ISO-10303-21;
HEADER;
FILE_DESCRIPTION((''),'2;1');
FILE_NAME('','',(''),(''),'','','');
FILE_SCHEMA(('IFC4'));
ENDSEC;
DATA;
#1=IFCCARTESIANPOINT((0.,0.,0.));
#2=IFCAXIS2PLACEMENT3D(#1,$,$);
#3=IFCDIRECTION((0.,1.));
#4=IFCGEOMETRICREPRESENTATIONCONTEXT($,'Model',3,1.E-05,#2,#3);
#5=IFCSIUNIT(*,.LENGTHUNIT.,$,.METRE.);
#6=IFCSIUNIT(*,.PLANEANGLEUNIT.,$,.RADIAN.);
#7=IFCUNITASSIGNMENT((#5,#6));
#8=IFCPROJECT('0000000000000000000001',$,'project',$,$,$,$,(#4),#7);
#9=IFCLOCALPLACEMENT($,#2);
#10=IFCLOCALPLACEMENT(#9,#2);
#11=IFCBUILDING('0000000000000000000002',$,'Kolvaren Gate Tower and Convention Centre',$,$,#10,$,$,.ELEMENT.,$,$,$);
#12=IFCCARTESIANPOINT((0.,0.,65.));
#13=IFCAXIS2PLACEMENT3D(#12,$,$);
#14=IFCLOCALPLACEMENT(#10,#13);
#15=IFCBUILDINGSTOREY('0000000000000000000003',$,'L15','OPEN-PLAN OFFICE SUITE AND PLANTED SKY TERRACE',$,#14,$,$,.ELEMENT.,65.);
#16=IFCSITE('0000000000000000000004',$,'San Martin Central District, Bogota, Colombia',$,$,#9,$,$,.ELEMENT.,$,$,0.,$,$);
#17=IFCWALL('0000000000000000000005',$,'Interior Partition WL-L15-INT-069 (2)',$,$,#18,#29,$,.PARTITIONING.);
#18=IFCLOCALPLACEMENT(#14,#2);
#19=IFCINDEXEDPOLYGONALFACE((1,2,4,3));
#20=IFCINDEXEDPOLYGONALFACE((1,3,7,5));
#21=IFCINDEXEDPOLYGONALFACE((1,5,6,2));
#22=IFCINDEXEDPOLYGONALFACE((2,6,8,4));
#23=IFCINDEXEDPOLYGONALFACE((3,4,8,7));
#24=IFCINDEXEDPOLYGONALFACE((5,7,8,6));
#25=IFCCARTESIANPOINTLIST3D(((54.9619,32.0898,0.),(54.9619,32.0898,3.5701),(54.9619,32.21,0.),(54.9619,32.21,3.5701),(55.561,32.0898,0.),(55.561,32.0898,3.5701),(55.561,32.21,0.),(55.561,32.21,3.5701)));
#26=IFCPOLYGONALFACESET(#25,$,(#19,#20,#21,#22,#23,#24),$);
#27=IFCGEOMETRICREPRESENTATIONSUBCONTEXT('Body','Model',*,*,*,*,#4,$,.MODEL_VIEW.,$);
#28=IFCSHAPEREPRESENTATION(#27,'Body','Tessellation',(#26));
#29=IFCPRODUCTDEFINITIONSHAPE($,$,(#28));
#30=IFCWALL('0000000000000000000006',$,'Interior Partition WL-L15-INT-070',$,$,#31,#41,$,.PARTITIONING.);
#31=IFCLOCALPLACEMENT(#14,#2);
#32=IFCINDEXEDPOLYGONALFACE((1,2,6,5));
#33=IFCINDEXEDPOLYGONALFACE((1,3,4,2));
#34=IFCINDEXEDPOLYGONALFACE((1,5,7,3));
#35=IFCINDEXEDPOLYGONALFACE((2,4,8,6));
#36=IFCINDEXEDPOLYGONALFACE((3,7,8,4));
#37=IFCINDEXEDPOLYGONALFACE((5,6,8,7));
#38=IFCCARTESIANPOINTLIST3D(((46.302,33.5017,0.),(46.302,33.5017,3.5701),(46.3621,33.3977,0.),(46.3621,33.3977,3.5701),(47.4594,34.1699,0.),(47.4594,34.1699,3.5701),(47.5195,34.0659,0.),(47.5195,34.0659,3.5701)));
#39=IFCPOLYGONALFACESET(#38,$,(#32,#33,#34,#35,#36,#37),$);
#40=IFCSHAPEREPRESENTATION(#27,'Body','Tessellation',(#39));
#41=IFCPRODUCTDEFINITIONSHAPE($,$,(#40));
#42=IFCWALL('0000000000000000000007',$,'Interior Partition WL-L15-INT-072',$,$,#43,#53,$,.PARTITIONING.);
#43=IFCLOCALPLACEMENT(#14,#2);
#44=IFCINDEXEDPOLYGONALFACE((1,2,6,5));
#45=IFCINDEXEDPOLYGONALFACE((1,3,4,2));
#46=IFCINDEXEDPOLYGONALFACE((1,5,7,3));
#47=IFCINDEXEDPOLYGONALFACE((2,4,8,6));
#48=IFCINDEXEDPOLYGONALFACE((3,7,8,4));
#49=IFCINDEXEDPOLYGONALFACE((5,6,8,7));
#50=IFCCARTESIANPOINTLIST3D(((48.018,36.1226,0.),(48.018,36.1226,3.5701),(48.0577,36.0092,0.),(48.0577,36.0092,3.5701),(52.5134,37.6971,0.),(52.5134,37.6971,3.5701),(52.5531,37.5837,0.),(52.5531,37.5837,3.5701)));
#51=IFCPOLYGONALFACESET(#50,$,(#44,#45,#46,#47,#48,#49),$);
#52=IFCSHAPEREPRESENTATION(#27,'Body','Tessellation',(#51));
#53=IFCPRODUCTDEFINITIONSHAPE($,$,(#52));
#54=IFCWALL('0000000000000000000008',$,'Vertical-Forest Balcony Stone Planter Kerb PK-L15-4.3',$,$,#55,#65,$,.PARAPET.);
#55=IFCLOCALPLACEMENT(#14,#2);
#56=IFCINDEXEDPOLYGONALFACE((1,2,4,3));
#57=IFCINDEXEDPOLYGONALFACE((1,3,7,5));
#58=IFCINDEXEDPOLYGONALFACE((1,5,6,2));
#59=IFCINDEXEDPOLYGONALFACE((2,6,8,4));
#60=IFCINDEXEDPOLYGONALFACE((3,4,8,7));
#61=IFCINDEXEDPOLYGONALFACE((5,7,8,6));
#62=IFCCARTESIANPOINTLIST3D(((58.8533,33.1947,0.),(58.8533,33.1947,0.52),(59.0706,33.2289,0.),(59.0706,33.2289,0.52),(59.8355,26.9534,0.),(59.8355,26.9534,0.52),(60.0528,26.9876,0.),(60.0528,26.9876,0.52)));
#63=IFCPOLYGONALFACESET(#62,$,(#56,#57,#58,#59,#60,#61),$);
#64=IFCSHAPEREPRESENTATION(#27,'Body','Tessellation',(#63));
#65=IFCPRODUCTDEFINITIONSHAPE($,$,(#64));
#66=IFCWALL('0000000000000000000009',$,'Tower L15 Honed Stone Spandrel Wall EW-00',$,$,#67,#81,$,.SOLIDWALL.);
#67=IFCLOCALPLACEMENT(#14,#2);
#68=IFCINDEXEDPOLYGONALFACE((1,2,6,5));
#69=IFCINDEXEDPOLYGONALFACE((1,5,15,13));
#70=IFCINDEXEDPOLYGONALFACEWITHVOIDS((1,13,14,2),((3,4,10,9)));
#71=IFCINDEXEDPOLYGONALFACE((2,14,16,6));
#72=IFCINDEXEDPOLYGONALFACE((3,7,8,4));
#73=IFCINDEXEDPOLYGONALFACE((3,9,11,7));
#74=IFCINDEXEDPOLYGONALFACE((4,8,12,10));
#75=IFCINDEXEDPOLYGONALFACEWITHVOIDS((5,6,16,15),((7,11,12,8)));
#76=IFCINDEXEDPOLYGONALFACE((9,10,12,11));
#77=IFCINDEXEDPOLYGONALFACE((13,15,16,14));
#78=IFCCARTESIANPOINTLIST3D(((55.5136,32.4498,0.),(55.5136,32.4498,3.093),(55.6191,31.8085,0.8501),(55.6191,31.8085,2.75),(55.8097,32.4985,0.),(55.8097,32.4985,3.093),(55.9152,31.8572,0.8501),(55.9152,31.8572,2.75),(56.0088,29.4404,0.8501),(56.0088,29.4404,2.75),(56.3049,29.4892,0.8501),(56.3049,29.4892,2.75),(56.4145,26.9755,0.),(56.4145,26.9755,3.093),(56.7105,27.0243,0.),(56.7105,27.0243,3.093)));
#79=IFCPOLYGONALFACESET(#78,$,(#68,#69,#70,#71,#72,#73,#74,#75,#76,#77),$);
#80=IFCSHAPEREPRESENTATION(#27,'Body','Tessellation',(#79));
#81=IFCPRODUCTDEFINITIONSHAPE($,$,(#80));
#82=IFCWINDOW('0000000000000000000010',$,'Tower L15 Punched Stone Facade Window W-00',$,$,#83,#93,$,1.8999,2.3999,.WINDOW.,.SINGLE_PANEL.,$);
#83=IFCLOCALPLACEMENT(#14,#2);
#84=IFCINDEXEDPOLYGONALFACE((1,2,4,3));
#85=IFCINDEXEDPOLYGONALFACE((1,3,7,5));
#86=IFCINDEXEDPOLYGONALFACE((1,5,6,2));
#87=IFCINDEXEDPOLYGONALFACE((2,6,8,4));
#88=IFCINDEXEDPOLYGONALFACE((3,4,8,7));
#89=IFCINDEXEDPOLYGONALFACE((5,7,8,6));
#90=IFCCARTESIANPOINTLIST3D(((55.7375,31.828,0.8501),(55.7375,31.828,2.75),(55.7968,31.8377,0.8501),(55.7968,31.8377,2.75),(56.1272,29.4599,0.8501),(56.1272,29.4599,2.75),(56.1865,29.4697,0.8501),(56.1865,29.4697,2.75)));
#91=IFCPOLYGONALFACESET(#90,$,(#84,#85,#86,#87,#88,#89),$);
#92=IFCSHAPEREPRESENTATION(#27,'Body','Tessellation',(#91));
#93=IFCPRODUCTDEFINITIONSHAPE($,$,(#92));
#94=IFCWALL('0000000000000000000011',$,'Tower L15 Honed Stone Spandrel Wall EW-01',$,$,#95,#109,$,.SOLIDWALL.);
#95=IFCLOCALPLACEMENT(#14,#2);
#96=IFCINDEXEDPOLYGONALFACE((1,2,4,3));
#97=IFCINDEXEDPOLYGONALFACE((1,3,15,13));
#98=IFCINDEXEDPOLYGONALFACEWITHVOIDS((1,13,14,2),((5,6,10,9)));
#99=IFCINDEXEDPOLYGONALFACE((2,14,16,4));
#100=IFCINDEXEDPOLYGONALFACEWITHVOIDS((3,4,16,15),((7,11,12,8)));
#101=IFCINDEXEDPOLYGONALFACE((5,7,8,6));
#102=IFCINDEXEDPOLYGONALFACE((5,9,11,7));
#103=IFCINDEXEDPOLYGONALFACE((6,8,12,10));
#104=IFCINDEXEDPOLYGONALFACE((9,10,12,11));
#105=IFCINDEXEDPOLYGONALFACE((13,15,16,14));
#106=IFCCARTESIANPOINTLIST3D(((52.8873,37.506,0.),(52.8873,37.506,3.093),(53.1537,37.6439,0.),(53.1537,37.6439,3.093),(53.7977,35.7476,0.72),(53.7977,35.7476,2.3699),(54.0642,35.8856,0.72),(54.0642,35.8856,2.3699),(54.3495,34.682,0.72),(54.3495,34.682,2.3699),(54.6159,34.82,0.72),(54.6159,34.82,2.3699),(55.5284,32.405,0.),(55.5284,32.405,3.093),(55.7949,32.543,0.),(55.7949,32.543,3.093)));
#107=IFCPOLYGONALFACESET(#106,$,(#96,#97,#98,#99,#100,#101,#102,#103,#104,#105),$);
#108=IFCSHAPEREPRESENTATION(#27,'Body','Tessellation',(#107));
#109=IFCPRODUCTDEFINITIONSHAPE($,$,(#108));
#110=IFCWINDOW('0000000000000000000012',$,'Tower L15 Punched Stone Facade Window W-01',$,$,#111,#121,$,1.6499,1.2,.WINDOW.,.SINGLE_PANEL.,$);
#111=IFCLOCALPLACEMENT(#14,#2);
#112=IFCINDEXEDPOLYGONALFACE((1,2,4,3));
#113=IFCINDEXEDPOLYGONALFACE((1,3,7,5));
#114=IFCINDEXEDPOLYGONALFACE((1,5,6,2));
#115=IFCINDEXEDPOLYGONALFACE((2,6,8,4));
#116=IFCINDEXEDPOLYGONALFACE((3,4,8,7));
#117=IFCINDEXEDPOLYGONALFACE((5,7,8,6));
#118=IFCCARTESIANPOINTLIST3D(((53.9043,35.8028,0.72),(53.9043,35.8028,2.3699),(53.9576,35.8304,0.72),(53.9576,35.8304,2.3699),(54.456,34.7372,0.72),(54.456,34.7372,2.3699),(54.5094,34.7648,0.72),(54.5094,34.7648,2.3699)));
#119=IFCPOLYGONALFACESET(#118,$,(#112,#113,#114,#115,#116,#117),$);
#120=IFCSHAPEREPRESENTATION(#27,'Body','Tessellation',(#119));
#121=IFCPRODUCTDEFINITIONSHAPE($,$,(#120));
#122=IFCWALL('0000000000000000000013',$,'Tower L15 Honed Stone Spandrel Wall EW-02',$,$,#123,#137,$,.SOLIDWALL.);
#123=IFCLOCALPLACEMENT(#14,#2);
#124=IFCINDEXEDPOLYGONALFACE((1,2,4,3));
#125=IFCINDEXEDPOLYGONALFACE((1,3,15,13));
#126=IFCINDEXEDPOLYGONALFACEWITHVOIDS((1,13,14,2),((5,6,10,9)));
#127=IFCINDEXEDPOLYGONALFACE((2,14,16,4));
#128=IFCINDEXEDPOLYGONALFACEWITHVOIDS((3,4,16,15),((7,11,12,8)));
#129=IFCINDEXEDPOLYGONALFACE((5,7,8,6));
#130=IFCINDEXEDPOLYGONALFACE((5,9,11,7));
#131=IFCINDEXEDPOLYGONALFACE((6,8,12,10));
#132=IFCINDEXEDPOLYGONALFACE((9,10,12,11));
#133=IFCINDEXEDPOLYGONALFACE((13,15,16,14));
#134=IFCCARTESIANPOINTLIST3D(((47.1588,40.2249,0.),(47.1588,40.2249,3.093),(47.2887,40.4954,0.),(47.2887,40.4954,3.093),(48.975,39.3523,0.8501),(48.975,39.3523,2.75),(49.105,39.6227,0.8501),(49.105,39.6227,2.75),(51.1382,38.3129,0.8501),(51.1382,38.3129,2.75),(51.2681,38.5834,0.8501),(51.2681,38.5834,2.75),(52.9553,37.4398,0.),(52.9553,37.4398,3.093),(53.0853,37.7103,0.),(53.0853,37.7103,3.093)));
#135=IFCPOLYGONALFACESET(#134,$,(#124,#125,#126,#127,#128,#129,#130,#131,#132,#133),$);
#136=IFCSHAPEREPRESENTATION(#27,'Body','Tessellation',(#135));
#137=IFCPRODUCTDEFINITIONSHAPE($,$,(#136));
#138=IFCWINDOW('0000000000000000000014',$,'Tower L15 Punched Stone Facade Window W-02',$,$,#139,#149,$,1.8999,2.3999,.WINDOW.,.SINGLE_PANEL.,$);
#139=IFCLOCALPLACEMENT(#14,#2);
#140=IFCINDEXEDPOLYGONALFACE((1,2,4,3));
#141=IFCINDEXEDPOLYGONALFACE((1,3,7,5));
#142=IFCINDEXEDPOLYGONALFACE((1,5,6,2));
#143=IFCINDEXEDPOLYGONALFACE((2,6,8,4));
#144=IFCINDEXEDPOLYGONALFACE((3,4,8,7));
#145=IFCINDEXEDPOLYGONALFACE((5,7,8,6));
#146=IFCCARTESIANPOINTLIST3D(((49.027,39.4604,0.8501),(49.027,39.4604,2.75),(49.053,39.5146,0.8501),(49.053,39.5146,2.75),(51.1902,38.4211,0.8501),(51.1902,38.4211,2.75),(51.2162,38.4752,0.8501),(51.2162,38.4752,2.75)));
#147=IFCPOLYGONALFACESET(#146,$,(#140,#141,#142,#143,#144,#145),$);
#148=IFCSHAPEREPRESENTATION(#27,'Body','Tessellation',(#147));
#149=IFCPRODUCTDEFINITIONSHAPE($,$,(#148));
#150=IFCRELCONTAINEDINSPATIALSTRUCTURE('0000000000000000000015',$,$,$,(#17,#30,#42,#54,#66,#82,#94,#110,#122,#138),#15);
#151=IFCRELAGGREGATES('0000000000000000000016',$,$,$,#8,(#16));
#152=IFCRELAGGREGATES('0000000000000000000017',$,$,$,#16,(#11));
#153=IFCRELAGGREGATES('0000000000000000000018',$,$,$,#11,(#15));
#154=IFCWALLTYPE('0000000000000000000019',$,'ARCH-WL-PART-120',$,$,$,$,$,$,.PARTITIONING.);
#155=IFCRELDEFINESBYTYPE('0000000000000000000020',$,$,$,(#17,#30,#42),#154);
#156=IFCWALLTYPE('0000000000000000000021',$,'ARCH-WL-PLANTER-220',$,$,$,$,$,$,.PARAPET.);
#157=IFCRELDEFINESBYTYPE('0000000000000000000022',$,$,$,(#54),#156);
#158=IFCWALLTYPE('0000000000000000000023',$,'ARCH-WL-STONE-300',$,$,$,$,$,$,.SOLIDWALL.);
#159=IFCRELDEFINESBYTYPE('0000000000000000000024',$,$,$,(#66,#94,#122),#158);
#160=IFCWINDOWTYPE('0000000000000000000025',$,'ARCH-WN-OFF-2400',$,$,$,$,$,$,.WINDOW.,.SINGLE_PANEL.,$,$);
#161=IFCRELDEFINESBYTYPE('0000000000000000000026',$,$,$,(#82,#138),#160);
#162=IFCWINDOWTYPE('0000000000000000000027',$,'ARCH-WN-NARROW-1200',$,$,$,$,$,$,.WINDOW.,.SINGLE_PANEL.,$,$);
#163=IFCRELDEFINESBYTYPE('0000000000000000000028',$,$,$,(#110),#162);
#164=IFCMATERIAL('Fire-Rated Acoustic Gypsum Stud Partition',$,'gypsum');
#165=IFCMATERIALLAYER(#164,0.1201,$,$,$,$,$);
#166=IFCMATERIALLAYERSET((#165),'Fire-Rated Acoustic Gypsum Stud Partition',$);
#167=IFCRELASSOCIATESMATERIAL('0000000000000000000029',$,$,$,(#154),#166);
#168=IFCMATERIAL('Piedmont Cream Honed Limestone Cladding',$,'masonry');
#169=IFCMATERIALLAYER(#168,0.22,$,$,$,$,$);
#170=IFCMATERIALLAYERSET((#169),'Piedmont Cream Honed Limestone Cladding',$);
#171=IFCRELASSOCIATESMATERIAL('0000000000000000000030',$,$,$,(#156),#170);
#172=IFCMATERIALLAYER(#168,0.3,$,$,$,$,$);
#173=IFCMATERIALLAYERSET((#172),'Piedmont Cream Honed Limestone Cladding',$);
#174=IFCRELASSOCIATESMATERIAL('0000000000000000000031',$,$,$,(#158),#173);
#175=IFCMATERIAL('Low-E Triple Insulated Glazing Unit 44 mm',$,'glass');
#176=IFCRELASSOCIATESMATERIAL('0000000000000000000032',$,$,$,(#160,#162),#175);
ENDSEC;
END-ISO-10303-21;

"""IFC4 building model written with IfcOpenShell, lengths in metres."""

from ifc_helpers import new_model, si_unit, direction, frame, frame_2d, origin, place, context, subcontext, project, spatial, rectangle, extrude, material, layer, layer_set, type_object, element, fill, save


model = new_model("IFC4")

# Units and contexts
model_context = context("Model", 3, precision=1e-05, world=origin(), true_north=direction((0.0, 1.0)))
body_context = subcontext(model_context, "Body", "Model", "MODEL_VIEW")
ifc_project = project(units=[si_unit("LENGTHUNIT", "METRE"), si_unit("PLANEANGLEUNIT", "RADIAN")], contexts=[model_context])

# Site, building, storey
site_placement = place(None, origin())
site = spatial("IfcSite", under=ifc_project, at=site_placement, Name="San Martin Central District, Bogota, Colombia", CompositionType="ELEMENT", RefElevation=0.0)
building_placement = place(site_placement, origin())
building = spatial("IfcBuilding", under=site, at=building_placement, Name="Kolvaren Gate Tower and Convention Centre", CompositionType="ELEMENT")
storey_placement = place(building_placement, frame((0.0, 0.0, 65.0)))
storey = spatial("IfcBuildingStorey", under=building, at=storey_placement, Name="L15", Description="OPEN-PLAN OFFICE SUITE AND PLANTED SKY TERRACE", CompositionType="ELEMENT", Elevation=65.0)

# Shared definitions
ifc_material_1 = material(Name="Fire-Rated Acoustic Gypsum Stud Partition", Category="gypsum")
ifc_layer_1 = layer(ifc_material_1, 0.1201)
ifc_layer_set_1 = layer_set([ifc_layer_1], Name="Fire-Rated Acoustic Gypsum Stud Partition")
wall_type_1 = type_object("IfcWallType", Name="ARCH-WL-PART-120", PredefinedType="PARTITIONING", material=ifc_layer_set_1)

# Walls
wall_1_placement = place(storey_placement, frame((54.9619, 32.1499, 0.0), z_axis=(0.0, 0.0, 1.0), x_axis=(1.0, 0.0, 0.0)))
element("IfcWall", 1, at=wall_1_placement, inside=storey, type_object=wall_type_1, Name="Interior Partition WL-L15-INT-069 (2)", PredefinedType="PARTITIONING", context=body_context, shape_type="SweptSolid", body=[
    extrude(rectangle(XDim=0.5991, YDim=0.1201, at=frame_2d((0.2996, 0.0))), origin(), (0.0, 0.0, 1.0), 3.5701),
])
wall_2_placement = place(storey_placement, frame((46.332, 33.4497, 0.0), z_axis=(0.0, 0.0, 1.0), x_axis=(0.866043, 0.49997, 0.0)))
element("IfcWall", 2, at=wall_2_placement, inside=storey, type_object=wall_type_1, Name="Interior Partition WL-L15-INT-070", PredefinedType="PARTITIONING", context=body_context, shape_type="SweptSolid", body=[
    extrude(rectangle(XDim=1.3364, YDim=0.1201, at=frame_2d((0.6682, 0.0))), origin(), (0.0, 0.0, 1.0), 3.5701),
])
wall_3_placement = place(storey_placement, frame((48.0378, 36.0659, 0.0), z_axis=(0.0, 0.0, 1.0), x_axis=(0.943787, 0.330554, 0.0)))
element("IfcWall", 3, at=wall_3_placement, inside=storey, type_object=wall_type_1, Name="Interior Partition WL-L15-INT-072", PredefinedType="PARTITIONING", context=body_context, shape_type="SweptSolid", body=[
    extrude(rectangle(XDim=4.7632, YDim=0.1201, at=frame_2d((2.3816, 0.0))), origin(), (0.0, 0.0, 1.0), 3.5701),
])
ifc_material_2 = material(Name="Piedmont Cream Honed Limestone Cladding", Category="masonry")
ifc_layer_2 = layer(ifc_material_2, 0.22)
ifc_layer_set_2 = layer_set([ifc_layer_2], Name="Piedmont Cream Honed Limestone Cladding")
wall_type_2 = type_object("IfcWallType", Name="ARCH-WL-PLANTER-220", PredefinedType="PARAPET", material=ifc_layer_set_2)
wall_4_placement = place(storey_placement, frame((58.9619, 33.2119, 0.0), z_axis=(0.0, 0.0, 1.0), x_axis=(0.155457, -0.987843, 0.0)))
element("IfcWall", 4, at=wall_4_placement, inside=storey, type_object=wall_type_2, Name="Vertical-Forest Balcony Stone Planter Kerb PK-L15-4.3", PredefinedType="PARAPET", context=body_context, shape_type="SweptSolid", body=[
    extrude(rectangle(XDim=6.3181, YDim=0.22, at=frame_2d((3.1592, 0.0))), origin(), (0.0, 0.0, 1.0), 0.52),
])

# Walls, openings, windows
ifc_layer_3 = layer(ifc_material_2, 0.3)
ifc_layer_set_3 = layer_set([ifc_layer_3], Name="Piedmont Cream Honed Limestone Cladding")
wall_type_3 = type_object("IfcWallType", Name="ARCH-WL-STONE-300", PredefinedType="SOLIDWALL", material=ifc_layer_set_3)
wall_5_placement = place(storey_placement, frame((55.6616, 32.4741, 0.0), z_axis=(0.0, 0.0, 1.0), x_axis=(0.162386, -0.986727, 0.0)))
wall_5 = element("IfcWall", 5, at=wall_5_placement, inside=storey, type_object=wall_type_3, Name="Tower L15 Honed Stone Spandrel Wall EW-00", PredefinedType="SOLIDWALL", context=body_context, shape_type="SweptSolid", body=[
    extrude(rectangle(XDim=5.5479, YDim=0.3, at=frame_2d((2.7739, 0.0))), origin(), (0.0, 0.0, 1.0), 3.093),
])
opening_1_placement = place(wall_5_placement, frame((0.6499, 0.0, 0.8501)))
opening_1 = element("IfcOpeningElement", 6, at=opening_1_placement, cuts=wall_5, PredefinedType="OPENING", context=body_context, shape_type="SweptSolid", body=[
    extrude(rectangle(XDim=2.3999, YDim=1.8999, at=frame_2d((1.2, 0.95))), frame((0.0, 0.1599, 0.0), z_axis=(0.0, -1.0, 0.0), x_axis=(1.0, 0.0, 0.0)), (0.0, 0.0, 1.0), 0.3201),
])
ifc_material_3 = material(Name="Low-E Triple Insulated Glazing Unit 44 mm", Category="glass")
window_type_1 = type_object("IfcWindowType", Name="ARCH-WN-OFF-2400", PartitioningType="SINGLE_PANEL", PredefinedType="WINDOW", material=ifc_material_3)
window_1_placement = place(opening_1_placement, origin())
window_1 = element("IfcWindow", 7, at=window_1_placement, inside=storey, type_object=window_type_1, Name="Tower L15 Punched Stone Facade Window W-00", OverallHeight=1.8999, OverallWidth=2.3999, PartitioningType="SINGLE_PANEL", PredefinedType="WINDOW", context=body_context, shape_type="SweptSolid", body=[
    extrude(rectangle(XDim=2.3999, YDim=1.8999, at=frame_2d((1.2, 0.95))), frame((0.0, 0.03, 0.0), z_axis=(0.0, -1.0, 0.0), x_axis=(1.0, 0.0, 0.0)), (0.0, 0.0, 1.0), 0.0601),
])
fill(opening_1, window_1)
wall_6_placement = place(storey_placement, frame((53.0205, 37.575, 0.0), z_axis=(0.0, 0.0, 1.0), x_axis=(0.459801, -0.888022, 0.0)))
wall_6 = element("IfcWall", 8, at=wall_6_placement, inside=storey, type_object=wall_type_3, Name="Tower L15 Honed Stone Spandrel Wall EW-01", PredefinedType="SOLIDWALL", context=body_context, shape_type="SweptSolid", body=[
    extrude(rectangle(XDim=5.7441, YDim=0.3, at=frame_2d((2.8721, 0.0))), origin(), (0.0, 0.0, 1.0), 3.093),
])
opening_2_placement = place(wall_6_placement, frame((1.98, 0.0, 0.72)))
opening_2 = element("IfcOpeningElement", 9, at=opening_2_placement, cuts=wall_6, PredefinedType="OPENING", context=body_context, shape_type="SweptSolid", body=[
    extrude(rectangle(XDim=1.2, YDim=1.6499, at=frame_2d((0.6001, 0.825))), frame((0.0, 0.1599, 0.0), z_axis=(0.0, -1.0, 0.0), x_axis=(1.0, 0.0, 0.0)), (0.0, 0.0, 1.0), 0.3201),
])
window_type_2 = type_object("IfcWindowType", Name="ARCH-WN-NARROW-1200", PartitioningType="SINGLE_PANEL", PredefinedType="WINDOW", material=ifc_material_3)
window_2_placement = place(opening_2_placement, origin())
window_2 = element("IfcWindow", 10, at=window_2_placement, inside=storey, type_object=window_type_2, Name="Tower L15 Punched Stone Facade Window W-01", OverallHeight=1.6499, OverallWidth=1.2, PartitioningType="SINGLE_PANEL", PredefinedType="WINDOW", context=body_context, shape_type="SweptSolid", body=[
    extrude(rectangle(XDim=1.2, YDim=1.6499, at=frame_2d((0.6001, 0.825))), frame((0.0, 0.03, 0.0), z_axis=(0.0, -1.0, 0.0), x_axis=(1.0, 0.0, 0.0)), (0.0, 0.0, 1.0), 0.0601),
])
fill(opening_2, window_2)
wall_7_placement = place(storey_placement, frame((47.2239, 40.3601, 0.0), z_axis=(0.0, 0.0, 1.0), x_axis=(0.901355, -0.433082, 0.0)))
wall_7 = element("IfcWall", 11, at=wall_7_placement, inside=storey, type_object=wall_type_3, Name="Tower L15 Honed Stone Spandrel Wall EW-02", PredefinedType="SOLIDWALL", context=body_context, shape_type="SweptSolid", body=[
    extrude(rectangle(XDim=6.4309, YDim=0.3, at=frame_2d((3.2153, 0.0))), origin(), (0.0, 0.0, 1.0), 3.093),
])
opening_3_placement = place(wall_7_placement, frame((2.0149, 0.0, 0.8501)))
opening_3 = element("IfcOpeningElement", 12, at=opening_3_placement, cuts=wall_7, PredefinedType="OPENING", context=body_context, shape_type="SweptSolid", body=[
    extrude(rectangle(XDim=2.3999, YDim=1.8999, at=frame_2d((1.2, 0.95))), frame((0.0, 0.1599, 0.0), z_axis=(0.0, -1.0, 0.0), x_axis=(1.0, 0.0, 0.0)), (0.0, 0.0, 1.0), 0.3201),
])
window_3_placement = place(opening_3_placement, origin())
window_3 = element("IfcWindow", 13, at=window_3_placement, inside=storey, type_object=window_type_1, Name="Tower L15 Punched Stone Facade Window W-02", OverallHeight=1.8999, OverallWidth=2.3999, PartitioningType="SINGLE_PANEL", PredefinedType="WINDOW", context=body_context, shape_type="SweptSolid", body=[
    extrude(rectangle(XDim=2.3999, YDim=1.8999, at=frame_2d((1.2, 0.95))), frame((0.0, 0.03, 0.0), z_axis=(0.0, -1.0, 0.0), x_axis=(1.0, 0.0, 0.0)), (0.0, 0.0, 1.0), 0.0601),
])
fill(opening_3, window_3)

save(model, "model.ifc")
